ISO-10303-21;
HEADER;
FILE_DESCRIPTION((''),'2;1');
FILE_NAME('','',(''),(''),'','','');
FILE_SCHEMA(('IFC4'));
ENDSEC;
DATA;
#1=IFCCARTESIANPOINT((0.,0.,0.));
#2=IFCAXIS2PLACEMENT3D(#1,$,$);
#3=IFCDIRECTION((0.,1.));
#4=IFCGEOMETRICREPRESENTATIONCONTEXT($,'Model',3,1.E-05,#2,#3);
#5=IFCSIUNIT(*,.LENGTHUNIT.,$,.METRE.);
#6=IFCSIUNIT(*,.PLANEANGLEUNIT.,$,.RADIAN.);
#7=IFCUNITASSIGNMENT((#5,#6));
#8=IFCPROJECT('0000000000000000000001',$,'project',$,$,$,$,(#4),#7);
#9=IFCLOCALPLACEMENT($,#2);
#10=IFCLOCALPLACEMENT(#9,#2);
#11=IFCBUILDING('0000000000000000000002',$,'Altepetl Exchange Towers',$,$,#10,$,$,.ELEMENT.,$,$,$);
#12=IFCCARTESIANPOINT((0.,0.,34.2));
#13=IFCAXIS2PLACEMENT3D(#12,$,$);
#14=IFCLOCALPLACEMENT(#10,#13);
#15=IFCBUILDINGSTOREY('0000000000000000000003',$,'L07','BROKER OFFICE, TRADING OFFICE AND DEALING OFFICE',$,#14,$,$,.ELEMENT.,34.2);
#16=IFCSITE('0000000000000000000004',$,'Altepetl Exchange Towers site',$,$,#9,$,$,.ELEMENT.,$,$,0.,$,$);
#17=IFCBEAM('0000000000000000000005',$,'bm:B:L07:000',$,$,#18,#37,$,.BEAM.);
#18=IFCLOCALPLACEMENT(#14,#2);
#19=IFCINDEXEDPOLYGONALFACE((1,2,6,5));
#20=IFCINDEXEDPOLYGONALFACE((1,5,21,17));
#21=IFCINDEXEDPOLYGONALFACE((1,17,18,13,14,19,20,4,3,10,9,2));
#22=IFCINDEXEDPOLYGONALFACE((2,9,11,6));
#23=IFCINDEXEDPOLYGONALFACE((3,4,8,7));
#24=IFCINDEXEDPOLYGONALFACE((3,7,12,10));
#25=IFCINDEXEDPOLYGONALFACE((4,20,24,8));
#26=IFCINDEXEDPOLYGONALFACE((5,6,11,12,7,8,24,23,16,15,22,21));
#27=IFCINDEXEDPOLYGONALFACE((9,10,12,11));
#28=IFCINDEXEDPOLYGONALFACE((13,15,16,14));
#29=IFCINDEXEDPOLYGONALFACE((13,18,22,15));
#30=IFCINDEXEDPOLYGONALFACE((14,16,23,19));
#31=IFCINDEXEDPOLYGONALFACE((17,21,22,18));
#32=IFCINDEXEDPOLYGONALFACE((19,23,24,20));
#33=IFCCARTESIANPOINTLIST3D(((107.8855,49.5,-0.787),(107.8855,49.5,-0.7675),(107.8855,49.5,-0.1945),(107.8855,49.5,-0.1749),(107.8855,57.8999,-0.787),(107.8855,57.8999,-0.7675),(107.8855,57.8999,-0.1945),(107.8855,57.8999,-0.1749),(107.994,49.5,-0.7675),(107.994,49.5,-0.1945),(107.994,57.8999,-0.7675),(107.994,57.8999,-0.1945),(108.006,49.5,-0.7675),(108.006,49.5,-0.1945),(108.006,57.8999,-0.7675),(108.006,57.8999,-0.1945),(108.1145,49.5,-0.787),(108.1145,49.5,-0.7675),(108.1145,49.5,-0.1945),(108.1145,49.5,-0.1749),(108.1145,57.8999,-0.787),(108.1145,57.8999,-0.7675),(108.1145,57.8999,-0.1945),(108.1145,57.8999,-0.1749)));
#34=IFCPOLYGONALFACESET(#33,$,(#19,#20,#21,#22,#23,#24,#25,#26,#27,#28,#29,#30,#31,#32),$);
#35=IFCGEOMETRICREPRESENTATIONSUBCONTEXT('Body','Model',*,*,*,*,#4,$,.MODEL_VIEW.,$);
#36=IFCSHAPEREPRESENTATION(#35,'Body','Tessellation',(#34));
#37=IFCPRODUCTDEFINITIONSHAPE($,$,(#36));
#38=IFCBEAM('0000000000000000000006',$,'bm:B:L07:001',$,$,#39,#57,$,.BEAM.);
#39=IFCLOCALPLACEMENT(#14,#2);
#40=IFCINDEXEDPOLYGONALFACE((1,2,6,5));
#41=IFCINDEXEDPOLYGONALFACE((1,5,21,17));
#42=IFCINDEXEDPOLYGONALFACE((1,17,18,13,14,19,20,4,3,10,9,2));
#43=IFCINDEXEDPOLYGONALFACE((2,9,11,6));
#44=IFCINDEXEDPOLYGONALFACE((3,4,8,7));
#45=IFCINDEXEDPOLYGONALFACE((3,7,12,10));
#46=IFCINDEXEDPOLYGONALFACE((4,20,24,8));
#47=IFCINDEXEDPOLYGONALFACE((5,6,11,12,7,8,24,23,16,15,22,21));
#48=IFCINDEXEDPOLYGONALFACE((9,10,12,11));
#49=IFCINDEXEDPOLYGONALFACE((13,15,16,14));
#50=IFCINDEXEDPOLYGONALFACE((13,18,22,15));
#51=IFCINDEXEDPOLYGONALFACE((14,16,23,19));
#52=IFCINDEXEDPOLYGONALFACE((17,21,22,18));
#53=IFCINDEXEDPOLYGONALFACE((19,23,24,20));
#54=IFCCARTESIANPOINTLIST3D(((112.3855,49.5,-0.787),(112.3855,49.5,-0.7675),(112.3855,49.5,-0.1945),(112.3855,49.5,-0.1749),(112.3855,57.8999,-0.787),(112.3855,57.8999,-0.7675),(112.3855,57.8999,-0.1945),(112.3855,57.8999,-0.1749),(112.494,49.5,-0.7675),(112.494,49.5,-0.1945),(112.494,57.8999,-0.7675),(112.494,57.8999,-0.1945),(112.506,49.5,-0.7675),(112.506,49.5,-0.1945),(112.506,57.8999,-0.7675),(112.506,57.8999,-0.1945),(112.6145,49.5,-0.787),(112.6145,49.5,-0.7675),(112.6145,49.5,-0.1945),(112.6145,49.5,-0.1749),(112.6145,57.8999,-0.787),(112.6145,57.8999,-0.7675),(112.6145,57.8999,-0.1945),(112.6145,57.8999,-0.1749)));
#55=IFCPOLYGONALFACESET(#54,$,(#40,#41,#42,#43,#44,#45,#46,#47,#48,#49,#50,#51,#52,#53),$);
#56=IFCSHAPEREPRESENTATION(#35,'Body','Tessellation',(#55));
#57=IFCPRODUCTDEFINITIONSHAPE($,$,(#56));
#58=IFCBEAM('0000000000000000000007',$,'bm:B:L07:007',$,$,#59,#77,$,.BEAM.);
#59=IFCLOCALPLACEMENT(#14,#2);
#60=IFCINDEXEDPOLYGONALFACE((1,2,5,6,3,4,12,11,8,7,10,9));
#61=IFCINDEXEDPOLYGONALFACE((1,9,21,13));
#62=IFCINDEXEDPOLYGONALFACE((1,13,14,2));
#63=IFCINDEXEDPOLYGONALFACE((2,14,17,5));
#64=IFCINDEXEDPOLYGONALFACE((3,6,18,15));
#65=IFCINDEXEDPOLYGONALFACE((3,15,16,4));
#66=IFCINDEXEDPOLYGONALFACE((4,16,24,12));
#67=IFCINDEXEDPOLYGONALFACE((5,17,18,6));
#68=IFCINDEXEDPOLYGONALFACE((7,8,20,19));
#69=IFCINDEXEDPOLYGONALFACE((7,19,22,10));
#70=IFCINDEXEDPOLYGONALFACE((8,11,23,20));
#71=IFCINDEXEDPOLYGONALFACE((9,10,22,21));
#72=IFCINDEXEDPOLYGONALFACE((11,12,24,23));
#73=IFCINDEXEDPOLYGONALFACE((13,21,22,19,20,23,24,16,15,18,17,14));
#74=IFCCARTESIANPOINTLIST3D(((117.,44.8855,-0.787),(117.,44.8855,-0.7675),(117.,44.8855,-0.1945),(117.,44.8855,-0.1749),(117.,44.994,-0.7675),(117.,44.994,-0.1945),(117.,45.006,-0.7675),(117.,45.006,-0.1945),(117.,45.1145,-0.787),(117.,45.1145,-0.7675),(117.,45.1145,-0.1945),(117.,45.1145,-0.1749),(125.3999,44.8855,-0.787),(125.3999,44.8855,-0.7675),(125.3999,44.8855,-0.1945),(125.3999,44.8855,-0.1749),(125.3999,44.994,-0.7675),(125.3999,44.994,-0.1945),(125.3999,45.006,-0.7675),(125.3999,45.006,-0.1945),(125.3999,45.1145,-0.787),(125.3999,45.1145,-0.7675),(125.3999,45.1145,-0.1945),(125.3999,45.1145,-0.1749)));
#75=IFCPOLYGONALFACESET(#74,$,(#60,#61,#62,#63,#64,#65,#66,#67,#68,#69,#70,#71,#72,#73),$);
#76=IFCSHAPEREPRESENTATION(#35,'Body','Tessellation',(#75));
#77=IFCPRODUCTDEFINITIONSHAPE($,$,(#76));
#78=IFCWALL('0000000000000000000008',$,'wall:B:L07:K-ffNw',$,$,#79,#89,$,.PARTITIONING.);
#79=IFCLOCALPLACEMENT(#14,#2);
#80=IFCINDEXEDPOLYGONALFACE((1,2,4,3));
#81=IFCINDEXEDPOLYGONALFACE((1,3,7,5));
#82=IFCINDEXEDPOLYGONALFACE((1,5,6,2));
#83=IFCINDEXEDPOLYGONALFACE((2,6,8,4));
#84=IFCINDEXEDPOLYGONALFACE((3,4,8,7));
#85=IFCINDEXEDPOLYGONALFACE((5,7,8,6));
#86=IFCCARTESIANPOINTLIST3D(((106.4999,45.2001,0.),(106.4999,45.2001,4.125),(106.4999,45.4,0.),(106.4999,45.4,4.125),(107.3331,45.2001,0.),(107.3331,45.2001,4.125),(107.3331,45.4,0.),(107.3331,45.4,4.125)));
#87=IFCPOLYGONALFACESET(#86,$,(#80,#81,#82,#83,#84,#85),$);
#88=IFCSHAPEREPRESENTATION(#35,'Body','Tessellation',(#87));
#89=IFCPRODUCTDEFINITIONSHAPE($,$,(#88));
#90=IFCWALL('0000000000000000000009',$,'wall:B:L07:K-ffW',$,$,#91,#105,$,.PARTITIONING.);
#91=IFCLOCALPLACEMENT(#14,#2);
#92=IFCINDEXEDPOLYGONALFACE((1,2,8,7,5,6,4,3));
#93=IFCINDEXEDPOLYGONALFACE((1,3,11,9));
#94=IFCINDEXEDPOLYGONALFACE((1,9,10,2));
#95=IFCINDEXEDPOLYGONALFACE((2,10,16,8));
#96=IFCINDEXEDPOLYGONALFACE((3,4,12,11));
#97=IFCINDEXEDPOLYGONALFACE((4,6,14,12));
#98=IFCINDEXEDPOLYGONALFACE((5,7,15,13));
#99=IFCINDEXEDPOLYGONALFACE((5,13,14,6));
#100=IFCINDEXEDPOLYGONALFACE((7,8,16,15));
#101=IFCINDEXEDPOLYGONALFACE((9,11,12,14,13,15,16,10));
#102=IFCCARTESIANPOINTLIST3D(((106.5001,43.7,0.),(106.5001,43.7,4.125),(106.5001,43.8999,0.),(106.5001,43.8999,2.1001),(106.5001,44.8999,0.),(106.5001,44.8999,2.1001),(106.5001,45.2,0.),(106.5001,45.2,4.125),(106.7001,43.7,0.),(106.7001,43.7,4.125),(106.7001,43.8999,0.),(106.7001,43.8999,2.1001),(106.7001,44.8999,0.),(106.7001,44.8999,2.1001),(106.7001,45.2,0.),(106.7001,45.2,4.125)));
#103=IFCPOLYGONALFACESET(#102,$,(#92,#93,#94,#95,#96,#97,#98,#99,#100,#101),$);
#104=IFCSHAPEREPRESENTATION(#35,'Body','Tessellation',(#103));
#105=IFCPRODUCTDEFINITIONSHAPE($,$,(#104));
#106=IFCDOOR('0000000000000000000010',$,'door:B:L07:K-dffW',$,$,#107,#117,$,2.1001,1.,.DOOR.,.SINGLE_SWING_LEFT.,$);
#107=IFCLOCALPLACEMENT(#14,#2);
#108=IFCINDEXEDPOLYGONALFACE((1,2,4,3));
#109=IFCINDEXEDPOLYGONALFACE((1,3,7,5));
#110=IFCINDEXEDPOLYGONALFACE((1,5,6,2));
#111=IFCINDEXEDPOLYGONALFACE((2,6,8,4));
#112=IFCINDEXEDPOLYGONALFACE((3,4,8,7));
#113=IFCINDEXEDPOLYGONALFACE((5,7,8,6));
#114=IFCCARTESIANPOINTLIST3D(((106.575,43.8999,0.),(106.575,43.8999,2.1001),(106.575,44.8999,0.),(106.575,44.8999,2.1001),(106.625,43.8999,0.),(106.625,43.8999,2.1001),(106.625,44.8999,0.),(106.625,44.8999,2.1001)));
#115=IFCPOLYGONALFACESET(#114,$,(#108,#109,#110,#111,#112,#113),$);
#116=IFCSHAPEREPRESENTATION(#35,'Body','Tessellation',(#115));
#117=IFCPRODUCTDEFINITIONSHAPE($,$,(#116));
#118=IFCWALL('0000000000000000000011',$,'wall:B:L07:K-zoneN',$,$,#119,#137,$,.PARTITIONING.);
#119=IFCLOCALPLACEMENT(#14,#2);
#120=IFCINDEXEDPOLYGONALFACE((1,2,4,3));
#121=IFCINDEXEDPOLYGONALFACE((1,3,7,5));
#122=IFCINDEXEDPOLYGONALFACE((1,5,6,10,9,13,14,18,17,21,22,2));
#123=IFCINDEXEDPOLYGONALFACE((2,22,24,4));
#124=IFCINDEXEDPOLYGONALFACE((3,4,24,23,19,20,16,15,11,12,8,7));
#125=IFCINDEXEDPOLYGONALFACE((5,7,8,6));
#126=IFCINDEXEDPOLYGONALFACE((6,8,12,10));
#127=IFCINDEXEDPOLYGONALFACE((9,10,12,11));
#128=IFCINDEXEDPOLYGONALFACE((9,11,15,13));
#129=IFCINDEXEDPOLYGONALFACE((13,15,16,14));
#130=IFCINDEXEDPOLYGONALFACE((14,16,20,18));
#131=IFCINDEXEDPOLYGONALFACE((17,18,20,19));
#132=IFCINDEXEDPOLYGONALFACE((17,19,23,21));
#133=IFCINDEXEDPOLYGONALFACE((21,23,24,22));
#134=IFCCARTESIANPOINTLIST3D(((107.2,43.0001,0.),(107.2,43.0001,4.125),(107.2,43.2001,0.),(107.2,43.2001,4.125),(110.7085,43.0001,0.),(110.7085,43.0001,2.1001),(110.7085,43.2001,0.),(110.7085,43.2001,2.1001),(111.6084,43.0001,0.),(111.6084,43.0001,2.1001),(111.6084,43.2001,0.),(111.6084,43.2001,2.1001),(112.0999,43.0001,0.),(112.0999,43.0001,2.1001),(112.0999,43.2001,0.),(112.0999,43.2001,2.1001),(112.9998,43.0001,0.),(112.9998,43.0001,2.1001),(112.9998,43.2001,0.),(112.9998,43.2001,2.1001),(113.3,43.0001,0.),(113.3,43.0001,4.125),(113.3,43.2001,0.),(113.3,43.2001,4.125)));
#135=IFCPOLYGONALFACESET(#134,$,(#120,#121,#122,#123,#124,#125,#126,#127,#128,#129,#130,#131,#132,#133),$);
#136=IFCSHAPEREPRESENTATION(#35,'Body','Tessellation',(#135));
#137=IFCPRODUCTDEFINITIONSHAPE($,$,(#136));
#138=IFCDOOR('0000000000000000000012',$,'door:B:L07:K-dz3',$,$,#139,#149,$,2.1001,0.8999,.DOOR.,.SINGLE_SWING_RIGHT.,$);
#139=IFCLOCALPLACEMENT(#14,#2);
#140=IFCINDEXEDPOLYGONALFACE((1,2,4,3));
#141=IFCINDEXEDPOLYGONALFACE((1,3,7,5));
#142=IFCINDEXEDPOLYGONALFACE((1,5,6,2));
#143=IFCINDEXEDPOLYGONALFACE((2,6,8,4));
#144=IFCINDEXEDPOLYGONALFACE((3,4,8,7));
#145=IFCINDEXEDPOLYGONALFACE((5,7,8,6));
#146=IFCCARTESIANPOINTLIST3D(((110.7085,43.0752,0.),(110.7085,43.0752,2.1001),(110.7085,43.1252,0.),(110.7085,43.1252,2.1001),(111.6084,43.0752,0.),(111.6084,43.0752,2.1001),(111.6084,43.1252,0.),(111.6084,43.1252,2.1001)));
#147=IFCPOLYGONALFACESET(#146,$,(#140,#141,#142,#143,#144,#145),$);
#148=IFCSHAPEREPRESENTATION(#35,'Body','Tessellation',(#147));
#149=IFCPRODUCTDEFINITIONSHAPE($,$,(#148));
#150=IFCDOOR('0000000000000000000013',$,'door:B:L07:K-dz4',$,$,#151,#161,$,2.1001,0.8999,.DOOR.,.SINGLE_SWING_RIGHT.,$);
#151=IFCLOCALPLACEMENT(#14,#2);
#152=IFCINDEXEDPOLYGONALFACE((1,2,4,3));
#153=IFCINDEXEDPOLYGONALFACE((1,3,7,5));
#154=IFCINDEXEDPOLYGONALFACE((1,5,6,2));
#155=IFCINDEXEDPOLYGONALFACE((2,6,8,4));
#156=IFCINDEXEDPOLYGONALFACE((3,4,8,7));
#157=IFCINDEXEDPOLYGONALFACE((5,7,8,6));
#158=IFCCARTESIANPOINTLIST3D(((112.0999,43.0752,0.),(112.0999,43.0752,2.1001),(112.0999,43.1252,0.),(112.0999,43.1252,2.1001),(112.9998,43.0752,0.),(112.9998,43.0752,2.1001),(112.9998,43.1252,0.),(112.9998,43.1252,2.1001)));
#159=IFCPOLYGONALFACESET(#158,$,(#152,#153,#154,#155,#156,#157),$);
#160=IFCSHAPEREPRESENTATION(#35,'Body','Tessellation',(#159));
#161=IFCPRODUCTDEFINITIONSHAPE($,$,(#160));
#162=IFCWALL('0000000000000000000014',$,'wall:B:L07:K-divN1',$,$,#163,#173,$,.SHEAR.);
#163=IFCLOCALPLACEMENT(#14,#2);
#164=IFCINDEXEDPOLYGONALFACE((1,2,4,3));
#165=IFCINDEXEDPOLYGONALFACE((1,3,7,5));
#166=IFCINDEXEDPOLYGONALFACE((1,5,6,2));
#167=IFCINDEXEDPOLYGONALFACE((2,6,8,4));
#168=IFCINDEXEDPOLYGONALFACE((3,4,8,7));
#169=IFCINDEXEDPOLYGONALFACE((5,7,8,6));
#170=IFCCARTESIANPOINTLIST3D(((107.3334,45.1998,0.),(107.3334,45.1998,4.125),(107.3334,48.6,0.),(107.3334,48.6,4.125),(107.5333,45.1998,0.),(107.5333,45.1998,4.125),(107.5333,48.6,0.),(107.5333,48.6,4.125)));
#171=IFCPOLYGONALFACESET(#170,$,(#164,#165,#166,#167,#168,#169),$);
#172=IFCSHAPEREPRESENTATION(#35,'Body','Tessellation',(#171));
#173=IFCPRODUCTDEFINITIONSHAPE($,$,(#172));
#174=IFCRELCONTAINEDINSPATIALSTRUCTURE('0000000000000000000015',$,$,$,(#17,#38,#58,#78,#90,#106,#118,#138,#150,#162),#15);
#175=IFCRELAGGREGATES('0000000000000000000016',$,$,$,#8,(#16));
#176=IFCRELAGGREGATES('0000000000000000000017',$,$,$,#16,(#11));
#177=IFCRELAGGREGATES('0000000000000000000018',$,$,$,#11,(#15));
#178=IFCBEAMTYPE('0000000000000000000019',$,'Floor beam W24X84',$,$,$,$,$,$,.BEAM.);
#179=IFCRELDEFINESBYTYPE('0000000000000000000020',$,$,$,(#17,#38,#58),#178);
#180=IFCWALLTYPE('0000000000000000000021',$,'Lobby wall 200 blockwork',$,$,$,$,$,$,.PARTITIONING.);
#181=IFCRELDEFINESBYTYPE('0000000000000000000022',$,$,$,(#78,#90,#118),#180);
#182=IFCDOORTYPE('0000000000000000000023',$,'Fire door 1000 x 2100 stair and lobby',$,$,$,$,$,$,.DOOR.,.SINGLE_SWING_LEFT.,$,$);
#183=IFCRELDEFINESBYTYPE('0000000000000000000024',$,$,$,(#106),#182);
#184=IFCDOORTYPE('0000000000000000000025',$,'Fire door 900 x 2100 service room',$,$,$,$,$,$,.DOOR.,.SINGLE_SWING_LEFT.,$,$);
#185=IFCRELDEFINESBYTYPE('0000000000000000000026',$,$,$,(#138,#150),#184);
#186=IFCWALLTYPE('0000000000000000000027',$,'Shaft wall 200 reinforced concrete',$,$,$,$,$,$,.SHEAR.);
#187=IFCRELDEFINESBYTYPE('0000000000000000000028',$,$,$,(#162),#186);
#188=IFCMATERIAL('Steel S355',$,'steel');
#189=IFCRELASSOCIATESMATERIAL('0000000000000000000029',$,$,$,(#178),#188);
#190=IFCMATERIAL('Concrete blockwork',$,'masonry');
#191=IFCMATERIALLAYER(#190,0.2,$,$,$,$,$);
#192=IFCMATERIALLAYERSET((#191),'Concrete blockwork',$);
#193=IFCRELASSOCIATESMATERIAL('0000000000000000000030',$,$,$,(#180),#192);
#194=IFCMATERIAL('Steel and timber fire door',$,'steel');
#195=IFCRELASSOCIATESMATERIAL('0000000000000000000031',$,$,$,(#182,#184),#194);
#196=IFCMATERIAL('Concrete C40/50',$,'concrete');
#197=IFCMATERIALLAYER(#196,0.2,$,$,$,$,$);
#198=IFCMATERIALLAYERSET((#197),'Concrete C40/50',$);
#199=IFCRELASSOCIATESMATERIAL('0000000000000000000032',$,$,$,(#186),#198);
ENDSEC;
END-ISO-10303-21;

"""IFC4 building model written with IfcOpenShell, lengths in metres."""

from ifc_helpers import new_model, si_unit, direction, frame, frame_2d, origin, origin_2d, place, context, subcontext, project, spatial, rectangle, i_section, extrude, material, layer, layer_set, material_profile, profile_set, type_object, element, fill, save


model = new_model("IFC4")

# Units and contexts
model_context = context("Model", 3, precision=1e-05, world=origin(), true_north=direction((0.0, 1.0)))
body_context = subcontext(model_context, "Body", "Model", "MODEL_VIEW")
ifc_project = project(units=[si_unit("LENGTHUNIT", "METRE"), si_unit("PLANEANGLEUNIT", "RADIAN")], contexts=[model_context])

# Site, building, storey
site_placement = place(None, origin())
site = spatial("IfcSite", under=ifc_project, at=site_placement, Name="Altepetl Exchange Towers site", CompositionType="ELEMENT", RefElevation=0.0)
building_placement = place(site_placement, origin())
building = spatial("IfcBuilding", under=site, at=building_placement, Name="Altepetl Exchange Towers", CompositionType="ELEMENT")
storey_placement = place(building_placement, frame((0.0, 0.0, 34.2)))
storey = spatial("IfcBuildingStorey", under=building, at=storey_placement, Name="L07", Description="BROKER OFFICE, TRADING OFFICE AND DEALING OFFICE", CompositionType="ELEMENT", Elevation=34.2)

# Beams
ifc_material_1 = material(Name="Steel S355", Category="steel")
ifc_material_profile = material_profile(ifc_material_1, i_section(OverallWidth=0.229, OverallDepth=0.6121, WebThickness=0.012, FlangeThickness=0.0195, at=origin_2d()), Name="W24X84")
ifc_profile_set = profile_set([ifc_material_profile], Name="Steel S355")
beam_type = type_object("IfcBeamType", Name="Floor beam W24X84", PredefinedType="BEAM", material=ifc_profile_set)
for number, where, z_axis, x_axis, name in (
    (1, (108.0, 49.5, -0.481), (0.0, 1.0, 0.0), (-1.0, 0.0, 0.0), "bm:B:L07:000"),
    (2, (112.5, 49.5, -0.481), (0.0, 1.0, 0.0), (-1.0, 0.0, 0.0), "bm:B:L07:001"),
    (3, (117.0, 45.0, -0.481), (1.0, 0.0, 0.0), (0.0, 1.0, 0.0), "bm:B:L07:007"),
):
    element("IfcBeam", number, at=place(storey_placement, frame(where, z_axis=z_axis, x_axis=x_axis)), inside=storey, type_object=beam_type, Name=name, PredefinedType="BEAM", context=body_context, shape_type="SweptSolid", body=[
        extrude(i_section(OverallWidth=0.229, OverallDepth=0.6121, WebThickness=0.012, FlangeThickness=0.0195, at=origin_2d()), origin(), (0.0, 0.0, 1.0), 8.3999),
    ])

# Wall
ifc_material_2 = material(Name="Concrete blockwork", Category="masonry")
ifc_layer_1 = layer(ifc_material_2, 0.2)
ifc_layer_set_1 = layer_set([ifc_layer_1], Name="Concrete blockwork")
wall_type_1 = type_object("IfcWallType", Name="Lobby wall 200 blockwork", PredefinedType="PARTITIONING", material=ifc_layer_set_1)
wall_1_placement = place(storey_placement, frame((106.5, 45.3, 0.0)))
element("IfcWall", 4, at=wall_1_placement, inside=storey, type_object=wall_type_1, Name="wall:B:L07:K-ffNw", PredefinedType="PARTITIONING", context=body_context, shape_type="SweptSolid", body=[
    extrude(rectangle(XDim=0.8333, YDim=0.2, at=frame_2d((0.4165, 0.0))), origin(), (0.0, 0.0, 1.0), 4.125),
])

# Wall, opening, door
wall_2_placement = place(storey_placement, frame((106.6001, 43.7, 0.0), z_axis=(0.0, 0.0, 1.0), x_axis=(0.0, 1.0, 0.0)))
wall_2 = element("IfcWall", 5, at=wall_2_placement, inside=storey, type_object=wall_type_1, Name="wall:B:L07:K-ffW", PredefinedType="PARTITIONING", context=body_context, shape_type="SweptSolid", body=[
    extrude(rectangle(XDim=1.5, YDim=0.2, at=frame_2d((0.75, 0.0))), origin(), (0.0, 0.0, 1.0), 4.125),
])
opening_1_placement = place(wall_2_placement, frame((0.2, 0.0, 0.0)))
opening_1 = element("IfcOpeningElement", 6, at=opening_1_placement, cuts=wall_2, PredefinedType="OPENING", context=body_context, shape_type="SweptSolid", body=[
    extrude(rectangle(XDim=1.0, YDim=2.1001, at=frame_2d((0.5, 1.05))), frame((0.0, 0.1099, 0.0), z_axis=(0.0, -1.0, 0.0), x_axis=(1.0, 0.0, 0.0)), (0.0, 0.0, 1.0), 0.22),
])
ifc_material_3 = material(Name="Steel and timber fire door", Category="steel")
door_type_1 = type_object("IfcDoorType", Name="Fire door 1000 x 2100 stair and lobby", OperationType="SINGLE_SWING_LEFT", PredefinedType="DOOR", material=ifc_material_3)
door_1_placement = place(opening_1_placement, frame((1.0, 0.0, 0.0), x_axis=(-1.0, 0.0, 0.0)))
door_1 = element("IfcDoor", 7, at=door_1_placement, inside=storey, type_object=door_type_1, Name="door:B:L07:K-dffW", OperationType="SINGLE_SWING_LEFT", OverallHeight=2.1001, OverallWidth=1.0, PredefinedType="DOOR", context=body_context, shape_type="SweptSolid", body=[
    extrude(rectangle(XDim=1.0, YDim=2.1001, at=frame_2d((0.5, 1.05))), frame((0.0, 0.0249, 0.0), z_axis=(0.0, -1.0, 0.0), x_axis=(1.0, 0.0, 0.0)), (0.0, 0.0, 1.0), 0.05),
])
fill(opening_1, door_1)

# Wall, openings, doors
wall_3_placement = place(storey_placement, frame((107.2, 43.1001, 0.0)))
wall_3 = element("IfcWall", 8, at=wall_3_placement, inside=storey, type_object=wall_type_1, Name="wall:B:L07:K-zoneN", PredefinedType="PARTITIONING", context=body_context, shape_type="SweptSolid", body=[
    extrude(rectangle(XDim=6.1001, YDim=0.2, at=frame_2d((3.05, 0.0))), origin(), (0.0, 0.0, 1.0), 4.125),
])
opening_2_placement = place(wall_3_placement, frame((3.5085, 0.0, 0.0)))
opening_2 = element("IfcOpeningElement", 9, at=opening_2_placement, cuts=wall_3, PredefinedType="OPENING", context=body_context, shape_type="SweptSolid", body=[
    extrude(rectangle(XDim=0.8999, YDim=2.1001, at=frame_2d((0.45, 1.05))), frame((0.0, 0.1099, 0.0), z_axis=(0.0, -1.0, 0.0), x_axis=(1.0, 0.0, 0.0)), (0.0, 0.0, 1.0), 0.22),
])
opening_3_placement = place(wall_3_placement, frame((4.8999, 0.0, 0.0)))
opening_3 = element("IfcOpeningElement", 10, at=opening_3_placement, cuts=wall_3, PredefinedType="OPENING", context=body_context, shape_type="SweptSolid", body=[
    extrude(rectangle(XDim=0.8999, YDim=2.1001, at=frame_2d((0.45, 1.05))), frame((0.0, 0.1099, 0.0), z_axis=(0.0, -1.0, 0.0), x_axis=(1.0, 0.0, 0.0)), (0.0, 0.0, 1.0), 0.22),
])
door_type_2 = type_object("IfcDoorType", Name="Fire door 900 x 2100 service room", OperationType="SINGLE_SWING_LEFT", PredefinedType="DOOR", material=ifc_material_3)
door_2_placement = place(opening_2_placement, frame((0.8999, 0.0, 0.0), x_axis=(-1.0, 0.0, 0.0)))
door_2 = element("IfcDoor", 11, at=door_2_placement, inside=storey, type_object=door_type_2, Name="door:B:L07:K-dz3", OperationType="SINGLE_SWING_RIGHT", OverallHeight=2.1001, OverallWidth=0.8999, PredefinedType="DOOR", context=body_context, shape_type="SweptSolid", body=[
    extrude(rectangle(XDim=0.8999, YDim=2.1001, at=frame_2d((0.45, 1.05))), frame((0.0, 0.0249, 0.0), z_axis=(0.0, -1.0, 0.0), x_axis=(1.0, 0.0, 0.0)), (0.0, 0.0, 1.0), 0.05),
])
fill(opening_2, door_2)
door_3_placement = place(opening_3_placement, frame((0.8999, 0.0, 0.0), x_axis=(-1.0, 0.0, 0.0)))
door_3 = element("IfcDoor", 12, at=door_3_placement, inside=storey, type_object=door_type_2, Name="door:B:L07:K-dz4", OperationType="SINGLE_SWING_RIGHT", OverallHeight=2.1001, OverallWidth=0.8999, PredefinedType="DOOR", context=body_context, shape_type="SweptSolid", body=[
    extrude(rectangle(XDim=0.8999, YDim=2.1001, at=frame_2d((0.45, 1.05))), frame((0.0, 0.0249, 0.0), z_axis=(0.0, -1.0, 0.0), x_axis=(1.0, 0.0, 0.0)), (0.0, 0.0, 1.0), 0.05),
])
fill(opening_3, door_3)

# Wall
ifc_material_4 = material(Name="Concrete C40/50", Category="concrete")
ifc_layer_2 = layer(ifc_material_4, 0.2)
ifc_layer_set_2 = layer_set([ifc_layer_2], Name="Concrete C40/50")
wall_type_2 = type_object("IfcWallType", Name="Shaft wall 200 reinforced concrete", PredefinedType="SHEAR", material=ifc_layer_set_2)
wall_4_placement = place(storey_placement, frame((107.4333, 48.6001, 0.0), z_axis=(0.0, 0.0, 1.0), x_axis=(0.0, -1.0, 0.0)))
element("IfcWall", 13, at=wall_4_placement, inside=storey, type_object=wall_type_2, Name="wall:B:L07:K-divN1", PredefinedType="SHEAR", context=body_context, shape_type="SweptSolid", body=[
    extrude(rectangle(XDim=3.4001, YDim=0.2, at=frame_2d((1.7002, 0.0))), origin(), (0.0, 0.0, 1.0), 4.125),
])

save(model, "model.ifc")
